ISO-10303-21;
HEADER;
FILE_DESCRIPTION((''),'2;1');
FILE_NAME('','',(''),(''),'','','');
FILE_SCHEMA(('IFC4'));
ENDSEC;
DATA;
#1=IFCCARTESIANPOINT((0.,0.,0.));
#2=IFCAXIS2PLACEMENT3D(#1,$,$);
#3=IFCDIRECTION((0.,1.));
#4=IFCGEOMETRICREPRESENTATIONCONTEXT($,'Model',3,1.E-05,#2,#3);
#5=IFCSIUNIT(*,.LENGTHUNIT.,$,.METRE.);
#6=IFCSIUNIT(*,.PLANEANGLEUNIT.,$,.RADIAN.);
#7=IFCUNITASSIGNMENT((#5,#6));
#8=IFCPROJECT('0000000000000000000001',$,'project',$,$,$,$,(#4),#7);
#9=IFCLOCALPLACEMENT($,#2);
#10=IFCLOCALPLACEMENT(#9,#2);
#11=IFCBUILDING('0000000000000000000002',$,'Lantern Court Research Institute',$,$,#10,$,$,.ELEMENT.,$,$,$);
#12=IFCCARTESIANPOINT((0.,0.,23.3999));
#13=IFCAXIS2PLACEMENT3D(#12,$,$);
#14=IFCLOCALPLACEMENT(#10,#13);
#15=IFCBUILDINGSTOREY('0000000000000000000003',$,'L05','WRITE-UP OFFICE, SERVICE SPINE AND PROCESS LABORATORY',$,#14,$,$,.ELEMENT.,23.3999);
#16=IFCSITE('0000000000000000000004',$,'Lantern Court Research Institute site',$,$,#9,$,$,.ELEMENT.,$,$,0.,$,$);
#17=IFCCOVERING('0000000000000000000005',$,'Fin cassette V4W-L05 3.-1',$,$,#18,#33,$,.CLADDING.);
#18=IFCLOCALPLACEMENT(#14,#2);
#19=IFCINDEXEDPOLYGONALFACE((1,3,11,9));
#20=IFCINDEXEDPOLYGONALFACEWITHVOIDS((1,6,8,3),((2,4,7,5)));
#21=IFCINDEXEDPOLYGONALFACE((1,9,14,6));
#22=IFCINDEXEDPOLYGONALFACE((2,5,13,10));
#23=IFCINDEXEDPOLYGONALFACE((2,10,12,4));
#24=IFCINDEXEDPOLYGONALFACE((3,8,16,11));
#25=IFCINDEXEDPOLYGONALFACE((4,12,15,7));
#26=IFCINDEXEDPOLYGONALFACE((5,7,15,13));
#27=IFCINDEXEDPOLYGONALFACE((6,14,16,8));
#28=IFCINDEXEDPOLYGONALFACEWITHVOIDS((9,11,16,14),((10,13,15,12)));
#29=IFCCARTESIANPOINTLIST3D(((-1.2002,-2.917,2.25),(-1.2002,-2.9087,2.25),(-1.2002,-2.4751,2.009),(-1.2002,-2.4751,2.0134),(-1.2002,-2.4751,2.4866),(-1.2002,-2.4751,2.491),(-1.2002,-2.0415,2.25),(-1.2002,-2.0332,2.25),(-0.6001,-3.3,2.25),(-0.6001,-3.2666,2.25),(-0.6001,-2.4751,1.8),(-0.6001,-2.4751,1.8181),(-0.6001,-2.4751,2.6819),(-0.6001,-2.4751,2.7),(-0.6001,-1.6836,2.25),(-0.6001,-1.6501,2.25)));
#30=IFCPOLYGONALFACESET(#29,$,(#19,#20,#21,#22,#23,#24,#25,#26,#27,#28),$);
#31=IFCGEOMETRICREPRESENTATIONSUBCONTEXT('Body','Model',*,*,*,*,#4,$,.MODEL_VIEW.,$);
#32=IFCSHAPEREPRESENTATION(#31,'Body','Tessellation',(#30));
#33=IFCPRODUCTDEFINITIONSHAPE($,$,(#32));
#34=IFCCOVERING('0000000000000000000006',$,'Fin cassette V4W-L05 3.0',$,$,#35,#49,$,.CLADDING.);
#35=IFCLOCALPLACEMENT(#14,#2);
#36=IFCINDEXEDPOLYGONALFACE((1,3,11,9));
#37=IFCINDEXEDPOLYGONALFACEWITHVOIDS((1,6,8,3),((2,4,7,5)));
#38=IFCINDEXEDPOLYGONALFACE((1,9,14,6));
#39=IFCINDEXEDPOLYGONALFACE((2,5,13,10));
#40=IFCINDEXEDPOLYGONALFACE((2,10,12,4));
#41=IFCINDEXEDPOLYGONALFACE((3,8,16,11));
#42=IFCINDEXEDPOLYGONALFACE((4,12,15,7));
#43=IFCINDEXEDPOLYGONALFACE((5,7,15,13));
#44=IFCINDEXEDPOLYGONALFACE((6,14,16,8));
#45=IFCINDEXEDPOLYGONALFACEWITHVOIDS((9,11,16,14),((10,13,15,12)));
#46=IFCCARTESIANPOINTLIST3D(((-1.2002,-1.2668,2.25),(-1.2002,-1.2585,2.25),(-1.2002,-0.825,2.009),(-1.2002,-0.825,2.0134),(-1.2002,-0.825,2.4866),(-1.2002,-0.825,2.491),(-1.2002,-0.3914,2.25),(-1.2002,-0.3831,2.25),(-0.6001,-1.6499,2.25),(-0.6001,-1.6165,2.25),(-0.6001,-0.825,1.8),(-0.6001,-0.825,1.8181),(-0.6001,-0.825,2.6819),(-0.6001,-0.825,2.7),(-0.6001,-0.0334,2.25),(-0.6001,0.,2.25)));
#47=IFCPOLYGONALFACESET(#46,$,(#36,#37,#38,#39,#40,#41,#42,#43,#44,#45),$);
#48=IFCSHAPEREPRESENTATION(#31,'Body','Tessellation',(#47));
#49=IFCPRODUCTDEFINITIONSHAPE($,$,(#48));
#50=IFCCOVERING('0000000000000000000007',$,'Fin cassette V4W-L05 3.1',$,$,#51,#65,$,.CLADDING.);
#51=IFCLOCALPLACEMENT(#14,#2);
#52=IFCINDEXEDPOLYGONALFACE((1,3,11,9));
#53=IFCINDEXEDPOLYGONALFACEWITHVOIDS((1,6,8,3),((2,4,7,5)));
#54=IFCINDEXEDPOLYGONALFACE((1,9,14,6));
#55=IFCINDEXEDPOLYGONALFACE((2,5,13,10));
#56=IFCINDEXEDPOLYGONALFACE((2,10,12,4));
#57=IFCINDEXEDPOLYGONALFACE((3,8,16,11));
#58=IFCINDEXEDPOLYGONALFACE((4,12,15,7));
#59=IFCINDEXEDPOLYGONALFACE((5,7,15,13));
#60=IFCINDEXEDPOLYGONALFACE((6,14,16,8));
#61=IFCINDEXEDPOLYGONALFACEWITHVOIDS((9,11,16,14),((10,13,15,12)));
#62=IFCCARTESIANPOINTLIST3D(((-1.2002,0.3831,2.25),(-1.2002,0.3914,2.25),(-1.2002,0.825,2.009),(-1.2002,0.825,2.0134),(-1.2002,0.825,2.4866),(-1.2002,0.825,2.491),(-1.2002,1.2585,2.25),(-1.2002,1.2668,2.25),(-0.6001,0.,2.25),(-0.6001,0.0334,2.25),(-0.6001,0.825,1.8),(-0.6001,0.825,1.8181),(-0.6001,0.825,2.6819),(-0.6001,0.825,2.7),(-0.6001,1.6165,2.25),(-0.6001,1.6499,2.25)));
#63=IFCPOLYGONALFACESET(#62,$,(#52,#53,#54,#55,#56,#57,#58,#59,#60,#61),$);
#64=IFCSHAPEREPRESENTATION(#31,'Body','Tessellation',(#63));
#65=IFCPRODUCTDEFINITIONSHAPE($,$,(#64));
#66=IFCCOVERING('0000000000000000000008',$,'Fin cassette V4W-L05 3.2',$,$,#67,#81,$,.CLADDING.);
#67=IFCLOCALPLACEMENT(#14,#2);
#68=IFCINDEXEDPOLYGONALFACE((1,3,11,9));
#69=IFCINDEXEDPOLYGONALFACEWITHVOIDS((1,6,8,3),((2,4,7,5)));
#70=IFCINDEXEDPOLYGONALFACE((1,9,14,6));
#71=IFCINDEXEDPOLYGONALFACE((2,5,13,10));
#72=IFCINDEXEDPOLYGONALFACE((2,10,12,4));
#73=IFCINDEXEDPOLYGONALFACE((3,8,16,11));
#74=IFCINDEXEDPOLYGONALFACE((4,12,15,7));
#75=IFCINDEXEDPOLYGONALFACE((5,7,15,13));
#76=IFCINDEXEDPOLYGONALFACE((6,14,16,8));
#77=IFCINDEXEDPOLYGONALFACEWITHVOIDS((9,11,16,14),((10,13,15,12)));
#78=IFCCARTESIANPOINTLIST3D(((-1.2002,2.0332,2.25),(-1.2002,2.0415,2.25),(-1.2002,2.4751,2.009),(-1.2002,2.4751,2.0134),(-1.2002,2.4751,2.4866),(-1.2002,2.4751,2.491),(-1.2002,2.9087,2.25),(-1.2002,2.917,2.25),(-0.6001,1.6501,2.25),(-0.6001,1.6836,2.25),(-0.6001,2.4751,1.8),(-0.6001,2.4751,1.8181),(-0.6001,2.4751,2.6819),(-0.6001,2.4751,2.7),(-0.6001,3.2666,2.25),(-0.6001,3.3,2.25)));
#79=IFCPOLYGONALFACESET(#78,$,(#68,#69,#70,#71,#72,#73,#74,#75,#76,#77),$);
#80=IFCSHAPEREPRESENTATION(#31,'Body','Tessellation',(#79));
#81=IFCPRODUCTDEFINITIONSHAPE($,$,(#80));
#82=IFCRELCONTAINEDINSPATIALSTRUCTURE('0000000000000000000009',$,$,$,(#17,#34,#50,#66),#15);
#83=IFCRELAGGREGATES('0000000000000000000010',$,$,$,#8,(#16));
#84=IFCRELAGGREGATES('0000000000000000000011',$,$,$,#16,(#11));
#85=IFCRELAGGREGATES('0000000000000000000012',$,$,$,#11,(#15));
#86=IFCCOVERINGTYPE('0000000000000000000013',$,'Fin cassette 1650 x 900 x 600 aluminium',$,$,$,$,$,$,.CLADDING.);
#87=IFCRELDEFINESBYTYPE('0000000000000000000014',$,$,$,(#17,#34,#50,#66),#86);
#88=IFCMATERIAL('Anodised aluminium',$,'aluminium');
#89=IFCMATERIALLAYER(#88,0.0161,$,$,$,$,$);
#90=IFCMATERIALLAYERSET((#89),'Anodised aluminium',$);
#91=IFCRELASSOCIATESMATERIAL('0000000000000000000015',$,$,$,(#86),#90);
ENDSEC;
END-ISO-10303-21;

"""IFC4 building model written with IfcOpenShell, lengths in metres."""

from ifc_helpers import new_model, entity, si_unit, direction, frame, origin, place, context, subcontext, project, spatial, material, layer, layer_set, type_object, element, save


model = new_model("IFC4")

# Units and contexts
model_context = context("Model", 3, precision=1e-05, world=origin(), true_north=direction((0.0, 1.0)))
body_context = subcontext(model_context, "Body", "Model", "MODEL_VIEW")
ifc_project = project(units=[si_unit("LENGTHUNIT", "METRE"), si_unit("PLANEANGLEUNIT", "RADIAN")], contexts=[model_context])

# Site, building, storey
site_placement = place(None, origin())
site = spatial("IfcSite", under=ifc_project, at=site_placement, Name="Lantern Court Research Institute site", CompositionType="ELEMENT", RefElevation=0.0)
building_placement = place(site_placement, origin())
building = spatial("IfcBuilding", under=site, at=building_placement, Name="Lantern Court Research Institute", CompositionType="ELEMENT")
storey_placement = place(building_placement, frame((0.0, 0.0, 23.3999)))
storey = spatial("IfcBuildingStorey", under=building, at=storey_placement, Name="L05", Description="WRITE-UP OFFICE, SERVICE SPINE AND PROCESS LABORATORY", CompositionType="ELEMENT", Elevation=23.3999)

# Coverings
ifc_material_1 = material(Name="Anodised aluminium", Category="aluminium")
ifc_layer_1 = layer(ifc_material_1, 0.0161)
ifc_layer_set_1 = layer_set([ifc_layer_1], Name="Anodised aluminium")
covering_type = type_object("IfcCoveringType", Name="Fin cassette 1650 x 900 x 600 aluminium", PredefinedType="CLADDING", material=ifc_layer_set_1)
covering_1_placement = place(storey_placement, frame((-0.6001, -2.4751, 2.25), z_axis=(-1.0, 0.0, 0.0), x_axis=(0.0, -1.0, 0.0)))
cartesian_point_1 = entity("IfcCartesianPoint", [0.825, 0.0])
cartesian_point_2 = entity("IfcCartesianPoint", [0.7915, 0.0])
cartesian_point_3 = entity("IfcCartesianPoint", [0.4419, 0.0])
cartesian_point_4 = entity("IfcCartesianPoint", [0.4336, 0.0])
element("IfcCovering", 1, at=covering_1_placement, inside=storey, type_object=covering_type, Name="Fin cassette V4W-L05 3.-1", PredefinedType="CLADDING", context=body_context, shape_type="SweptSolid", body=[
    entity("IfcExtrudedAreaSolidTapered", entity("IfcArbitraryProfileDefWithVoids", "AREA", None, entity("IfcPolyline", [cartesian_point_1, entity("IfcCartesianPoint", [0.0, 0.45]), entity("IfcCartesianPoint", [-0.825, 0.0]), entity("IfcCartesianPoint", [0.0, -0.45]), cartesian_point_1]), [entity("IfcPolyline", [cartesian_point_2, entity("IfcCartesianPoint", [0.0, 0.4319]), entity("IfcCartesianPoint", [-0.7915, 0.0]), entity("IfcCartesianPoint", [0.0, -0.4319]), cartesian_point_2])]), entity("IfcAxis2Placement3D", entity("IfcCartesianPoint", [0.0, 0.0, 0.0])), entity("IfcDirection", [0.0, 0.0, 1.0]), 0.6001, entity("IfcArbitraryProfileDefWithVoids", "AREA", None, entity("IfcPolyline", [cartesian_point_3, entity("IfcCartesianPoint", [0.0, 0.241]), entity("IfcCartesianPoint", [-0.4419, 0.0]), entity("IfcCartesianPoint", [0.0, -0.241]), cartesian_point_3]), [entity("IfcPolyline", [cartesian_point_4, entity("IfcCartesianPoint", [0.0, 0.2366]), entity("IfcCartesianPoint", [-0.4336, 0.0]), entity("IfcCartesianPoint", [0.0, -0.2366]), cartesian_point_4])])),
])
covering_2_placement = place(storey_placement, frame((-0.6001, -0.825, 2.25), z_axis=(-1.0, 0.0, 0.0), x_axis=(0.0, -1.0, 0.0)))
cartesian_point_5 = entity("IfcCartesianPoint", [0.825, 0.0])
cartesian_point_6 = entity("IfcCartesianPoint", [0.7915, 0.0])
cartesian_point_7 = entity("IfcCartesianPoint", [0.4419, 0.0])
cartesian_point_8 = entity("IfcCartesianPoint", [0.4336, 0.0])
element("IfcCovering", 2, at=covering_2_placement, inside=storey, type_object=covering_type, Name="Fin cassette V4W-L05 3.0", PredefinedType="CLADDING", context=body_context, shape_type="SweptSolid", body=[
    entity("IfcExtrudedAreaSolidTapered", entity("IfcArbitraryProfileDefWithVoids", "AREA", None, entity("IfcPolyline", [cartesian_point_5, entity("IfcCartesianPoint", [0.0, 0.45]), entity("IfcCartesianPoint", [-0.825, 0.0]), entity("IfcCartesianPoint", [0.0, -0.45]), cartesian_point_5]), [entity("IfcPolyline", [cartesian_point_6, entity("IfcCartesianPoint", [0.0, 0.4319]), entity("IfcCartesianPoint", [-0.7915, 0.0]), entity("IfcCartesianPoint", [0.0, -0.4319]), cartesian_point_6])]), entity("IfcAxis2Placement3D", entity("IfcCartesianPoint", [0.0, 0.0, 0.0])), entity("IfcDirection", [0.0, 0.0, 1.0]), 0.6001, entity("IfcArbitraryProfileDefWithVoids", "AREA", None, entity("IfcPolyline", [cartesian_point_7, entity("IfcCartesianPoint", [0.0, 0.241]), entity("IfcCartesianPoint", [-0.4419, 0.0]), entity("IfcCartesianPoint", [0.0, -0.241]), cartesian_point_7]), [entity("IfcPolyline", [cartesian_point_8, entity("IfcCartesianPoint", [0.0, 0.2366]), entity("IfcCartesianPoint", [-0.4336, 0.0]), entity("IfcCartesianPoint", [0.0, -0.2366]), cartesian_point_8])])),
])
covering_3_placement = place(storey_placement, frame((-0.6001, 0.825, 2.25), z_axis=(-1.0, 0.0, 0.0), x_axis=(0.0, -1.0, 0.0)))
cartesian_point_9 = entity("IfcCartesianPoint", [0.825, 0.0])
cartesian_point_10 = entity("IfcCartesianPoint", [0.7915, 0.0])
cartesian_point_11 = entity("IfcCartesianPoint", [0.4419, 0.0])
cartesian_point_12 = entity("IfcCartesianPoint", [0.4336, 0.0])
element("IfcCovering", 3, at=covering_3_placement, inside=storey, type_object=covering_type, Name="Fin cassette V4W-L05 3.1", PredefinedType="CLADDING", context=body_context, shape_type="SweptSolid", body=[
    entity("IfcExtrudedAreaSolidTapered", entity("IfcArbitraryProfileDefWithVoids", "AREA", None, entity("IfcPolyline", [cartesian_point_9, entity("IfcCartesianPoint", [0.0, 0.45]), entity("IfcCartesianPoint", [-0.825, 0.0]), entity("IfcCartesianPoint", [0.0, -0.45]), cartesian_point_9]), [entity("IfcPolyline", [cartesian_point_10, entity("IfcCartesianPoint", [0.0, 0.4319]), entity("IfcCartesianPoint", [-0.7915, 0.0]), entity("IfcCartesianPoint", [0.0, -0.4319]), cartesian_point_10])]), entity("IfcAxis2Placement3D", entity("IfcCartesianPoint", [0.0, 0.0, 0.0])), entity("IfcDirection", [0.0, 0.0, 1.0]), 0.6001, entity("IfcArbitraryProfileDefWithVoids", "AREA", None, entity("IfcPolyline", [cartesian_point_11, entity("IfcCartesianPoint", [0.0, 0.241]), entity("IfcCartesianPoint", [-0.4419, 0.0]), entity("IfcCartesianPoint", [0.0, -0.241]), cartesian_point_11]), [entity("IfcPolyline", [cartesian_point_12, entity("IfcCartesianPoint", [0.0, 0.2366]), entity("IfcCartesianPoint", [-0.4336, 0.0]), entity("IfcCartesianPoint", [0.0, -0.2366]), cartesian_point_12])])),
])
covering_4_placement = place(storey_placement, frame((-0.6001, 2.4751, 2.25), z_axis=(-1.0, 0.0, 0.0), x_axis=(0.0, -1.0, 0.0)))
cartesian_point_13 = entity("IfcCartesianPoint", [0.825, 0.0])
cartesian_point_14 = entity("IfcCartesianPoint", [0.7915, 0.0])
cartesian_point_15 = entity("IfcCartesianPoint", [0.4419, 0.0])
cartesian_point_16 = entity("IfcCartesianPoint", [0.4336, 0.0])
element("IfcCovering", 4, at=covering_4_placement, inside=storey, type_object=covering_type, Name="Fin cassette V4W-L05 3.2", PredefinedType="CLADDING", context=body_context, shape_type="SweptSolid", body=[
    entity("IfcExtrudedAreaSolidTapered", entity("IfcArbitraryProfileDefWithVoids", "AREA", None, entity("IfcPolyline", [cartesian_point_13, entity("IfcCartesianPoint", [0.0, 0.45]), entity("IfcCartesianPoint", [-0.825, 0.0]), entity("IfcCartesianPoint", [0.0, -0.45]), cartesian_point_13]), [entity("IfcPolyline", [cartesian_point_14, entity("IfcCartesianPoint", [0.0, 0.4319]), entity("IfcCartesianPoint", [-0.7915, 0.0]), entity("IfcCartesianPoint", [0.0, -0.4319]), cartesian_point_14])]), entity("IfcAxis2Placement3D", entity("IfcCartesianPoint", [0.0, 0.0, 0.0])), entity("IfcDirection", [0.0, 0.0, 1.0]), 0.6001, entity("IfcArbitraryProfileDefWithVoids", "AREA", None, entity("IfcPolyline", [cartesian_point_15, entity("IfcCartesianPoint", [0.0, 0.241]), entity("IfcCartesianPoint", [-0.4419, 0.0]), entity("IfcCartesianPoint", [0.0, -0.241]), cartesian_point_15]), [entity("IfcPolyline", [cartesian_point_16, entity("IfcCartesianPoint", [0.0, 0.2366]), entity("IfcCartesianPoint", [-0.4336, 0.0]), entity("IfcCartesianPoint", [0.0, -0.2366]), cartesian_point_16])])),
])

save(model, "model.ifc")
